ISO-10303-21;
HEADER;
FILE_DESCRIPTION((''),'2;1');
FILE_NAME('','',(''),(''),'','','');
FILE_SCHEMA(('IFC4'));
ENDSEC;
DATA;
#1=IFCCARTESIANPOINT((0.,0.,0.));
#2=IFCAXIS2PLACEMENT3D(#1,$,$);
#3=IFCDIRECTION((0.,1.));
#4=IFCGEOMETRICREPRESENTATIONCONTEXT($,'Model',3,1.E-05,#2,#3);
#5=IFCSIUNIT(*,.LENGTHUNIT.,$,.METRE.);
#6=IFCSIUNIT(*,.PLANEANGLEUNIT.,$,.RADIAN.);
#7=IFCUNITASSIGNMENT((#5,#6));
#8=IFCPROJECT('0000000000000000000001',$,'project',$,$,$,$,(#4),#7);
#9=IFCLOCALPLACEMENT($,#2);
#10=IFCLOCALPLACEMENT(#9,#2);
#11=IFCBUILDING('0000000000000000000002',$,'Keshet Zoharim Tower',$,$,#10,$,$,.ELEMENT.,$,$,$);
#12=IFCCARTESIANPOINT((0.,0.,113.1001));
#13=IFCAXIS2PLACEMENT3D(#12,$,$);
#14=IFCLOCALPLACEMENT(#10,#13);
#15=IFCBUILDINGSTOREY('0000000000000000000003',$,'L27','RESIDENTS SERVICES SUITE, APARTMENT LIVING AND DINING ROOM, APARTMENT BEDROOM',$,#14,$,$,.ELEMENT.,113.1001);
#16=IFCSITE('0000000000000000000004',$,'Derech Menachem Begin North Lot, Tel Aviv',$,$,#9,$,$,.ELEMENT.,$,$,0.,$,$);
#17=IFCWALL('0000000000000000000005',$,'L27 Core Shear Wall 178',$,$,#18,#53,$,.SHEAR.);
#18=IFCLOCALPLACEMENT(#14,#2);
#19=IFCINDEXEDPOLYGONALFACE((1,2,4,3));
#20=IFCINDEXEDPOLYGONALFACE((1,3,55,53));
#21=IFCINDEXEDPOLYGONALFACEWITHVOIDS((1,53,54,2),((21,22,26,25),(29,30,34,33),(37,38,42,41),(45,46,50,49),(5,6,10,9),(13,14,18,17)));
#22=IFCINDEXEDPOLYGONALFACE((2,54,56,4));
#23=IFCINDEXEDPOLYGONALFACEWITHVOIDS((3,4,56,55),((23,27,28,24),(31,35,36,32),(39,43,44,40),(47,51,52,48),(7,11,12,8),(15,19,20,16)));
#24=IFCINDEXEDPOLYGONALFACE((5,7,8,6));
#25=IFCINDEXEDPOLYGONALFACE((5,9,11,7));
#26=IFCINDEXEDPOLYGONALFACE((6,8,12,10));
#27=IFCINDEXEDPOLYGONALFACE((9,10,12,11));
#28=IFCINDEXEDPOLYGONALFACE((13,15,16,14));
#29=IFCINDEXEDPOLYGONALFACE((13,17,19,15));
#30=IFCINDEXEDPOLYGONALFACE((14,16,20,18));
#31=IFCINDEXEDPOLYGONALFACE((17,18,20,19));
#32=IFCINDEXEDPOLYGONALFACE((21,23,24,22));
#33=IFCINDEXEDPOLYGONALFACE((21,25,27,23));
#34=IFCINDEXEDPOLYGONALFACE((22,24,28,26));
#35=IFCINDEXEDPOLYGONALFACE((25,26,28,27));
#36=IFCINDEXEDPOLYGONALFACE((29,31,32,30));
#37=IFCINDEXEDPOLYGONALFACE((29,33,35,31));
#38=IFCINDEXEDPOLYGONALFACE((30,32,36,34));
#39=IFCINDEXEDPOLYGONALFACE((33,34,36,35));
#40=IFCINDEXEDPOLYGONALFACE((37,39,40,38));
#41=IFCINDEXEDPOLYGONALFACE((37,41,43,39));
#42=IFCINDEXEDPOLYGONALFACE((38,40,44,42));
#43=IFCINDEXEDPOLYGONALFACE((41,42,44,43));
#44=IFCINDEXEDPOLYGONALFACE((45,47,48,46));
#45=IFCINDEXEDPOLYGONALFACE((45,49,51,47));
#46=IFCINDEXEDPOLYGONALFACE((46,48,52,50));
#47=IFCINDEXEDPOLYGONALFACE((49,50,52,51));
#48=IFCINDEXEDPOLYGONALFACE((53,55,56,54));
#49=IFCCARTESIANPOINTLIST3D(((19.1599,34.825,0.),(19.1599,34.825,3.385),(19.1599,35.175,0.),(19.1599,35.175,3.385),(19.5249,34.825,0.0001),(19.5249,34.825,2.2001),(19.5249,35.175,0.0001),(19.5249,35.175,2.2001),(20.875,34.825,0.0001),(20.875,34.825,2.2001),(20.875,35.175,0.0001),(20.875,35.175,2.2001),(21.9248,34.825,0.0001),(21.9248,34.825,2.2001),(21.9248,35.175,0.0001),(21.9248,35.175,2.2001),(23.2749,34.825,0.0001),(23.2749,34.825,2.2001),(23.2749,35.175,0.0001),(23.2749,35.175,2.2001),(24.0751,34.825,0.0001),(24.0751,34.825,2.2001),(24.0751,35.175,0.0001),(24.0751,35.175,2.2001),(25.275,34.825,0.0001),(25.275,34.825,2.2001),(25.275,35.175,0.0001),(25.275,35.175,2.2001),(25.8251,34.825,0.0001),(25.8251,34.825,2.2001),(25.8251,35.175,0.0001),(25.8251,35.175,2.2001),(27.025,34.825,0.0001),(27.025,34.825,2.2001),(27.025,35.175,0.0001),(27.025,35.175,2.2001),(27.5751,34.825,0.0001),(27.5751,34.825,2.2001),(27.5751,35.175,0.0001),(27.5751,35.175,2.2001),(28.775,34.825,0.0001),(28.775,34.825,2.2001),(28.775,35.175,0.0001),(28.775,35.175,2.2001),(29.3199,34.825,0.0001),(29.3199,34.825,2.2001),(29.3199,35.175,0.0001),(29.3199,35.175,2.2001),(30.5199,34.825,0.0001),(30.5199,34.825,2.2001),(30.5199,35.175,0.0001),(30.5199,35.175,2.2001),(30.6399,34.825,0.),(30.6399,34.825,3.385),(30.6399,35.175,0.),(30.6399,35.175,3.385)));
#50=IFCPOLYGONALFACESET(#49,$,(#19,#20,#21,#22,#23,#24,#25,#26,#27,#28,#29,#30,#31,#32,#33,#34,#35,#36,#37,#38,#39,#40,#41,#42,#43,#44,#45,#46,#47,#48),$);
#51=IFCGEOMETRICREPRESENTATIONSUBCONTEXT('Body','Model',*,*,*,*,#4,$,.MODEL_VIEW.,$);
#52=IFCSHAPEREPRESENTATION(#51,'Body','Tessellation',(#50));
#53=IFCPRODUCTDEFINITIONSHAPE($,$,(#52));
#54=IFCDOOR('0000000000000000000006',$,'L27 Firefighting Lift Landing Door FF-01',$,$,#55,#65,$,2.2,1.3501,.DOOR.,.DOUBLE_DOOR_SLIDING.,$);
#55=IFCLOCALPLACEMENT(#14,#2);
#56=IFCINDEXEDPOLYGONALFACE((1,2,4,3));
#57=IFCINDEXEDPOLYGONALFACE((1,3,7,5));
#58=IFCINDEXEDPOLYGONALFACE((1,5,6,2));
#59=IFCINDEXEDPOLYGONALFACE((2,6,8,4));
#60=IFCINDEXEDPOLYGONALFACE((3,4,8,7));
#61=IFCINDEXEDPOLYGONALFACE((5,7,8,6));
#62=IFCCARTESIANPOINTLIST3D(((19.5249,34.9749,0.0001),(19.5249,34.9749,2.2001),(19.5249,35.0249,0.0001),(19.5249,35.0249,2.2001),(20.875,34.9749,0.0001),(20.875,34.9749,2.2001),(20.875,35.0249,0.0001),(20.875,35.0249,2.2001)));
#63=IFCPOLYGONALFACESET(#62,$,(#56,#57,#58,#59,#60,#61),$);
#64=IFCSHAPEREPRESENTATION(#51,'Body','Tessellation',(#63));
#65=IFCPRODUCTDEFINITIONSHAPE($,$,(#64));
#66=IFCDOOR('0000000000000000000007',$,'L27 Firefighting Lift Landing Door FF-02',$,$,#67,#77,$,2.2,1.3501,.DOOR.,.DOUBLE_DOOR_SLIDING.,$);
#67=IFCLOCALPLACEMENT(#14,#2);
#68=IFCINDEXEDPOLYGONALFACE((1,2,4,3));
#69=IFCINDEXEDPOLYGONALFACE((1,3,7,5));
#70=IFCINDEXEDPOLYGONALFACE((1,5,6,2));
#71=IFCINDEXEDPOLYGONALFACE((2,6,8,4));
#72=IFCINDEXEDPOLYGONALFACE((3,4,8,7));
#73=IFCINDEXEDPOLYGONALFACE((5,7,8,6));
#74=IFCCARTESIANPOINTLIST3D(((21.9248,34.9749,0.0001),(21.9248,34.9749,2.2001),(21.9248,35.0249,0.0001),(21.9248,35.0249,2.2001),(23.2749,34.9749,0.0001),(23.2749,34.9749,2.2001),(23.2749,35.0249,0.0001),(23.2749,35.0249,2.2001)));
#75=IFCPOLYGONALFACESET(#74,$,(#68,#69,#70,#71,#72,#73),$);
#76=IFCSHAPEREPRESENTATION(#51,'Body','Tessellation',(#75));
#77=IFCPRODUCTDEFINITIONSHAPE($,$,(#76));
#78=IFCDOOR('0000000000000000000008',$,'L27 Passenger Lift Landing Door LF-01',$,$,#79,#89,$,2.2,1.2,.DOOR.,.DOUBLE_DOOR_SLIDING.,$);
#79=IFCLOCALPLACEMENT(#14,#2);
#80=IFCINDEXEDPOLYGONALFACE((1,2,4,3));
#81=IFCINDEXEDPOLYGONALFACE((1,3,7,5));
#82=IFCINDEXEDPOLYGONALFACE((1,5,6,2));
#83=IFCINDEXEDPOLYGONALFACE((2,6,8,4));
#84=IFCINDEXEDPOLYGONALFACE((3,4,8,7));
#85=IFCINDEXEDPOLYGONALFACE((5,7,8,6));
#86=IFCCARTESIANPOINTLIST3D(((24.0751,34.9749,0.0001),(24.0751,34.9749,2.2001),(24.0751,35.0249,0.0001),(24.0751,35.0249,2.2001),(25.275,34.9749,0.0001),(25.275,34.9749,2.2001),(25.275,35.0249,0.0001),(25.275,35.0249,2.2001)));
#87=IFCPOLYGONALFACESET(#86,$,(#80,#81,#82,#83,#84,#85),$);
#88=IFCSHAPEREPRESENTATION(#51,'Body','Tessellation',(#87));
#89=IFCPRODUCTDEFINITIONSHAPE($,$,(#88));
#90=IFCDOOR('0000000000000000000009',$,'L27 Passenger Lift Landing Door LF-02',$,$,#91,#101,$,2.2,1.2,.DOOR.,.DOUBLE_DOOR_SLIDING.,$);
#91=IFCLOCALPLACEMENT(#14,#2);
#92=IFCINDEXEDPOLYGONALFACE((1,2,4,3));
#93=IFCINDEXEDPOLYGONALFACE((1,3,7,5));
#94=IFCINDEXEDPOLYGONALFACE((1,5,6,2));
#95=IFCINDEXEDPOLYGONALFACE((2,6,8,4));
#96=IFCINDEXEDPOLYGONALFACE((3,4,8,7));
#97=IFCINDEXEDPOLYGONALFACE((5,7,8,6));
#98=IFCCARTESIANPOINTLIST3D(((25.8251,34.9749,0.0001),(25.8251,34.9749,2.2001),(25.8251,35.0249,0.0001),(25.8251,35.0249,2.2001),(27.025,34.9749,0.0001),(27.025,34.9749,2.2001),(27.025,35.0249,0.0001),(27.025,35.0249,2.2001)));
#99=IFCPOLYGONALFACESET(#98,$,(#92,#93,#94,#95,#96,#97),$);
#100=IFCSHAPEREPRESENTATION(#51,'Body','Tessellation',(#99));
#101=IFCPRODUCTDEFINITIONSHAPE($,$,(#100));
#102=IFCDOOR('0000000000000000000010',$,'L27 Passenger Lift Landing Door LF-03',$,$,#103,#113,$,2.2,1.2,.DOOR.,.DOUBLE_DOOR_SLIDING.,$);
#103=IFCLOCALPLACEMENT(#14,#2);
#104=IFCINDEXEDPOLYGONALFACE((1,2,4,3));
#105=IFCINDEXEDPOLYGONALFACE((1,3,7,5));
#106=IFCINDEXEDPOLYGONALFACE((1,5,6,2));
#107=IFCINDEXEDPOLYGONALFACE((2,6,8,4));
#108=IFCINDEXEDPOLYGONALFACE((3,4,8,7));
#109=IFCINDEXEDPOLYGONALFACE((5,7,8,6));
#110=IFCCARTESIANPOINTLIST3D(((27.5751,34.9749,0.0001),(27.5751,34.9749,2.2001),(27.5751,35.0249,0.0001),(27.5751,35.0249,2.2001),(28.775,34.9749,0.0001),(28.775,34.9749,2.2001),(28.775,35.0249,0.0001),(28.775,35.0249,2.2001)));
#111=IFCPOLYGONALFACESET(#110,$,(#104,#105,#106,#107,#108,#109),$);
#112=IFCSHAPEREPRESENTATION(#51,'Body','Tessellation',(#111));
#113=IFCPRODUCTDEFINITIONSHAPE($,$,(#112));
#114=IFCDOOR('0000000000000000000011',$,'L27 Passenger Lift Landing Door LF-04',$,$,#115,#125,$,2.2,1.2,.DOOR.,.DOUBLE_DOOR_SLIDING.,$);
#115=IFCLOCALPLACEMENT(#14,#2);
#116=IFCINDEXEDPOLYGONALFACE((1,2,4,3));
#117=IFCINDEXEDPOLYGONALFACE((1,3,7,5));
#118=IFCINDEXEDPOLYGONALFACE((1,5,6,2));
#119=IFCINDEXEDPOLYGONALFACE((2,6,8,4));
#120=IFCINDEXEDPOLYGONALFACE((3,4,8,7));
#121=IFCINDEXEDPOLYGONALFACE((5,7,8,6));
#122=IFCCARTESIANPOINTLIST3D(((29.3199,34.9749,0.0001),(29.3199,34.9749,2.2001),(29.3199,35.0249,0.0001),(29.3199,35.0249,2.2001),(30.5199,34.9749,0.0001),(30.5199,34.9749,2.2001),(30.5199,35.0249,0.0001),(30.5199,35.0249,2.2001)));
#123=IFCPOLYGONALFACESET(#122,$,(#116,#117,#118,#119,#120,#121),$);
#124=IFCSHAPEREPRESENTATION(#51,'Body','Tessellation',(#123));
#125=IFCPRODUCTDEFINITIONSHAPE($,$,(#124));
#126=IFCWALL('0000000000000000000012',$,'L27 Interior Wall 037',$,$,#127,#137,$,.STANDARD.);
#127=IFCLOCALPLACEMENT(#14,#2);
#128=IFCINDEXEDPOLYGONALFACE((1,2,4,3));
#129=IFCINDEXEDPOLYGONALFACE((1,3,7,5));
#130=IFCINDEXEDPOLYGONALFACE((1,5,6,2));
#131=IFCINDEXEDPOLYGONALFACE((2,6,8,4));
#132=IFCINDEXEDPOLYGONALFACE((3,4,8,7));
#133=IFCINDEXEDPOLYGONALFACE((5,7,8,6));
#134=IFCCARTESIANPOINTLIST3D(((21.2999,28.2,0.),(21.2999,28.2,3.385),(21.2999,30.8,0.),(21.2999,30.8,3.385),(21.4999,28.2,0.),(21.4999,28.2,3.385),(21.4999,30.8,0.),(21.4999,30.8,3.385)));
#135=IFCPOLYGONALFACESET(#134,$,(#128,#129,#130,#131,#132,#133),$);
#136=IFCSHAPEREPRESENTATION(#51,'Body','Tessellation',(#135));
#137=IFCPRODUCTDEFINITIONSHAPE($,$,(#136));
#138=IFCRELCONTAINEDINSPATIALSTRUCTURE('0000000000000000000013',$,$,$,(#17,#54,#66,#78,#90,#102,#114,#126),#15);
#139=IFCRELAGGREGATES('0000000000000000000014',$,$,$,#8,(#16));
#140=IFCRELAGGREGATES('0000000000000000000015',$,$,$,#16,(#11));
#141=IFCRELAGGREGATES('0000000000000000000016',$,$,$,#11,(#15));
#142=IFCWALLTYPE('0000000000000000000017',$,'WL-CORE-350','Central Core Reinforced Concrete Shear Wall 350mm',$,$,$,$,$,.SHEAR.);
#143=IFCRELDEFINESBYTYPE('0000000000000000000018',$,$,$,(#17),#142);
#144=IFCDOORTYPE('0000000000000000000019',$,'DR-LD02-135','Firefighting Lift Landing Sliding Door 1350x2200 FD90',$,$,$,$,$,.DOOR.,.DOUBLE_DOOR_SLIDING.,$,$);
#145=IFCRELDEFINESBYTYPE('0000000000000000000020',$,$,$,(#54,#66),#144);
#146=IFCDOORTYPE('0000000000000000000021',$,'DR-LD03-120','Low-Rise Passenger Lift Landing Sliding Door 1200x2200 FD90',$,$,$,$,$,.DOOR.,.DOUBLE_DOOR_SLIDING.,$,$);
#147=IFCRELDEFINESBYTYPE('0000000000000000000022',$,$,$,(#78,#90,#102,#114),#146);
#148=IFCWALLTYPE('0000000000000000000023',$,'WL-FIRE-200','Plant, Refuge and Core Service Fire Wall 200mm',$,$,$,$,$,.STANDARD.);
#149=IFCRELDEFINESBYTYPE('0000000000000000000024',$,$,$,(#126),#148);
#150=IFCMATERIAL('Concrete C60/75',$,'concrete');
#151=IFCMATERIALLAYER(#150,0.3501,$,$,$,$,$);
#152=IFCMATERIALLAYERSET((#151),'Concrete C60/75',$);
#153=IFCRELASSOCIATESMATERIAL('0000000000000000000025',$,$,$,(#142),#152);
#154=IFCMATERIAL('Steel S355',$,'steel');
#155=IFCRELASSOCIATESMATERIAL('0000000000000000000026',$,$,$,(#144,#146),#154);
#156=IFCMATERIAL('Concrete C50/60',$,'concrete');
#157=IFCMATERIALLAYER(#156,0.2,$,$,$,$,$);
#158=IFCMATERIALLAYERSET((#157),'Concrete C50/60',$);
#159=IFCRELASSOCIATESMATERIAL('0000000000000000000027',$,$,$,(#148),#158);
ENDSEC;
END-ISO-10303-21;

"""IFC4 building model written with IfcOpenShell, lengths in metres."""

from ifc_helpers import new_model, si_unit, direction, frame, frame_2d, origin, place, context, subcontext, project, spatial, rectangle, extrude, material, layer, layer_set, type_object, element, fill, save


model = new_model("IFC4")

# Units and contexts
model_context = context("Model", 3, precision=1e-05, world=origin(), true_north=direction((0.0, 1.0)))
body_context = subcontext(model_context, "Body", "Model", "MODEL_VIEW")
ifc_project = project(units=[si_unit("LENGTHUNIT", "METRE"), si_unit("PLANEANGLEUNIT", "RADIAN")], contexts=[model_context])

# Site, building, storey
site_placement = place(None, origin())
site = spatial("IfcSite", under=ifc_project, at=site_placement, Name="Derech Menachem Begin North Lot, Tel Aviv", CompositionType="ELEMENT", RefElevation=0.0)
building_placement = place(site_placement, origin())
building = spatial("IfcBuilding", under=site, at=building_placement, Name="Keshet Zoharim Tower", CompositionType="ELEMENT")
storey_placement = place(building_placement, frame((0.0, 0.0, 113.1001)))
storey = spatial("IfcBuildingStorey", under=building, at=storey_placement, Name="L27", Description="RESIDENTS SERVICES SUITE, APARTMENT LIVING AND DINING ROOM, APARTMENT BEDROOM", CompositionType="ELEMENT", Elevation=113.1001)

# Shared definitions
ifc_material_1 = material(Name="Concrete C60/75", Category="concrete")
ifc_layer_1 = layer(ifc_material_1, 0.3501)
ifc_layer_set_1 = layer_set([ifc_layer_1], Name="Concrete C60/75")
wall_type_1 = type_object("IfcWallType", Name="WL-CORE-350", Description="Central Core Reinforced Concrete Shear Wall 350mm", PredefinedType="SHEAR", material=ifc_layer_set_1)

# Shared definitions
ifc_material_2 = material(Name="Steel S355", Category="steel")

# Wall, openings, doors
wall_1_placement = place(storey_placement, frame((19.1599, 35.0, 0.0), z_axis=(0.0, 0.0, 1.0), x_axis=(1.0, 0.0, 0.0)))
wall_1 = element("IfcWall", 1, at=wall_1_placement, inside=storey, type_object=wall_type_1, Name="L27 Core Shear Wall 178", PredefinedType="SHEAR", context=body_context, shape_type="SweptSolid", body=[
    extrude(rectangle(XDim=11.48, YDim=0.3501, at=frame_2d((5.74, 0.0))), origin(), (0.0, 0.0, 1.0), 3.385),
])
opening_1_placement = place(wall_1_placement, frame((0.365, 0.0, 0.0)))
opening_1 = element("IfcOpeningElement", 2, at=opening_1_placement, cuts=wall_1, PredefinedType="OPENING", context=body_context, shape_type="SweptSolid", body=[
    extrude(rectangle(XDim=1.3501, YDim=2.2, at=frame_2d((0.675, 1.1001))), frame((0.0, 0.1851, 0.0), z_axis=(0.0, -1.0, 0.0), x_axis=(1.0, 0.0, 0.0)), (0.0, 0.0, 1.0), 0.3701),
])
opening_2_placement = place(wall_1_placement, frame((2.7649, 0.0, 0.0)))
opening_2 = element("IfcOpeningElement", 3, at=opening_2_placement, cuts=wall_1, PredefinedType="OPENING", context=body_context, shape_type="SweptSolid", body=[
    extrude(rectangle(XDim=1.3501, YDim=2.2, at=frame_2d((0.675, 1.1001))), frame((0.0, 0.1851, 0.0), z_axis=(0.0, -1.0, 0.0), x_axis=(1.0, 0.0, 0.0)), (0.0, 0.0, 1.0), 0.3701),
])
opening_3_placement = place(wall_1_placement, frame((4.915, 0.0, 0.0)))
opening_3 = element("IfcOpeningElement", 4, at=opening_3_placement, cuts=wall_1, PredefinedType="OPENING", context=body_context, shape_type="SweptSolid", body=[
    extrude(rectangle(XDim=1.2, YDim=2.2, at=frame_2d((0.6001, 1.1001))), frame((0.0, 0.1851, 0.0), z_axis=(0.0, -1.0, 0.0), x_axis=(1.0, 0.0, 0.0)), (0.0, 0.0, 1.0), 0.3701),
])
opening_4_placement = place(wall_1_placement, frame((6.665, 0.0, 0.0)))
opening_4 = element("IfcOpeningElement", 5, at=opening_4_placement, cuts=wall_1, PredefinedType="OPENING", context=body_context, shape_type="SweptSolid", body=[
    extrude(rectangle(XDim=1.2, YDim=2.2, at=frame_2d((0.6001, 1.1001))), frame((0.0, 0.1851, 0.0), z_axis=(0.0, -1.0, 0.0), x_axis=(1.0, 0.0, 0.0)), (0.0, 0.0, 1.0), 0.3701),
])
opening_5_placement = place(wall_1_placement, frame((8.415, 0.0, 0.0)))
opening_5 = element("IfcOpeningElement", 6, at=opening_5_placement, cuts=wall_1, PredefinedType="OPENING", context=body_context, shape_type="SweptSolid", body=[
    extrude(rectangle(XDim=1.2, YDim=2.2, at=frame_2d((0.6001, 1.1001))), frame((0.0, 0.1851, 0.0), z_axis=(0.0, -1.0, 0.0), x_axis=(1.0, 0.0, 0.0)), (0.0, 0.0, 1.0), 0.3701),
])
opening_6_placement = place(wall_1_placement, frame((10.1599, 0.0, 0.0)))
opening_6 = element("IfcOpeningElement", 7, at=opening_6_placement, cuts=wall_1, PredefinedType="OPENING", context=body_context, shape_type="SweptSolid", body=[
    extrude(rectangle(XDim=1.2, YDim=2.2, at=frame_2d((0.6001, 1.1001))), frame((0.0, 0.1851, 0.0), z_axis=(0.0, -1.0, 0.0), x_axis=(1.0, 0.0, 0.0)), (0.0, 0.0, 1.0), 0.3701),
])
door_type_1 = type_object("IfcDoorType", Name="DR-LD02-135", Description="Firefighting Lift Landing Sliding Door 1350x2200 FD90", OperationType="DOUBLE_DOOR_SLIDING", PredefinedType="DOOR", material=ifc_material_2)
door_1_placement = place(opening_1_placement, origin())
door_1 = element("IfcDoor", 8, at=door_1_placement, inside=storey, type_object=door_type_1, Name="L27 Firefighting Lift Landing Door FF-01", OperationType="DOUBLE_DOOR_SLIDING", OverallHeight=2.2, OverallWidth=1.3501, PredefinedType="DOOR", context=body_context, shape_type="SweptSolid", body=[
    extrude(rectangle(XDim=1.3501, YDim=2.2, at=frame_2d((0.675, 1.1001))), frame((0.0, 0.0249, 0.0), z_axis=(0.0, -1.0, 0.0), x_axis=(1.0, 0.0, 0.0)), (0.0, 0.0, 1.0), 0.05),
])
fill(opening_1, door_1)
door_2_placement = place(opening_2_placement, origin())
door_2 = element("IfcDoor", 9, at=door_2_placement, inside=storey, type_object=door_type_1, Name="L27 Firefighting Lift Landing Door FF-02", OperationType="DOUBLE_DOOR_SLIDING", OverallHeight=2.2, OverallWidth=1.3501, PredefinedType="DOOR", context=body_context, shape_type="SweptSolid", body=[
    extrude(rectangle(XDim=1.3501, YDim=2.2, at=frame_2d((0.675, 1.1001))), frame((0.0, 0.0249, 0.0), z_axis=(0.0, -1.0, 0.0), x_axis=(1.0, 0.0, 0.0)), (0.0, 0.0, 1.0), 0.05),
])
fill(opening_2, door_2)
door_type_2 = type_object("IfcDoorType", Name="DR-LD03-120", Description="Low-Rise Passenger Lift Landing Sliding Door 1200x2200 FD90", OperationType="DOUBLE_DOOR_SLIDING", PredefinedType="DOOR", material=ifc_material_2)
door_3_placement = place(opening_3_placement, origin())
door_3 = element("IfcDoor", 10, at=door_3_placement, inside=storey, type_object=door_type_2, Name="L27 Passenger Lift Landing Door LF-01", OperationType="DOUBLE_DOOR_SLIDING", OverallHeight=2.2, OverallWidth=1.2, PredefinedType="DOOR", context=body_context, shape_type="SweptSolid", body=[
    extrude(rectangle(XDim=1.2, YDim=2.2, at=frame_2d((0.6001, 1.1001))), frame((0.0, 0.0249, 0.0), z_axis=(0.0, -1.0, 0.0), x_axis=(1.0, 0.0, 0.0)), (0.0, 0.0, 1.0), 0.05),
])
fill(opening_3, door_3)
door_4_placement = place(opening_4_placement, origin())
door_4 = element("IfcDoor", 11, at=door_4_placement, inside=storey, type_object=door_type_2, Name="L27 Passenger Lift Landing Door LF-02", OperationType="DOUBLE_DOOR_SLIDING", OverallHeight=2.2, OverallWidth=1.2, PredefinedType="DOOR", context=body_context, shape_type="SweptSolid", body=[
    extrude(rectangle(XDim=1.2, YDim=2.2, at=frame_2d((0.6001, 1.1001))), frame((0.0, 0.0249, 0.0), z_axis=(0.0, -1.0, 0.0), x_axis=(1.0, 0.0, 0.0)), (0.0, 0.0, 1.0), 0.05),
])
fill(opening_4, door_4)
door_5_placement = place(opening_5_placement, origin())
door_5 = element("IfcDoor", 12, at=door_5_placement, inside=storey, type_object=door_type_2, Name="L27 Passenger Lift Landing Door LF-03", OperationType="DOUBLE_DOOR_SLIDING", OverallHeight=2.2, OverallWidth=1.2, PredefinedType="DOOR", context=body_context, shape_type="SweptSolid", body=[
    extrude(rectangle(XDim=1.2, YDim=2.2, at=frame_2d((0.6001, 1.1001))), frame((0.0, 0.0249, 0.0), z_axis=(0.0, -1.0, 0.0), x_axis=(1.0, 0.0, 0.0)), (0.0, 0.0, 1.0), 0.05),
])
fill(opening_5, door_5)
door_6_placement = place(opening_6_placement, origin())
door_6 = element("IfcDoor", 13, at=door_6_placement, inside=storey, type_object=door_type_2, Name="L27 Passenger Lift Landing Door LF-04", OperationType="DOUBLE_DOOR_SLIDING", OverallHeight=2.2, OverallWidth=1.2, PredefinedType="DOOR", context=body_context, shape_type="SweptSolid", body=[
    extrude(rectangle(XDim=1.2, YDim=2.2, at=frame_2d((0.6001, 1.1001))), frame((0.0, 0.0249, 0.0), z_axis=(0.0, -1.0, 0.0), x_axis=(1.0, 0.0, 0.0)), (0.0, 0.0, 1.0), 0.05),
])
fill(opening_6, door_6)

# Wall
ifc_material_3 = material(Name="Concrete C50/60", Category="concrete")
ifc_layer_2 = layer(ifc_material_3, 0.2)
ifc_layer_set_2 = layer_set([ifc_layer_2], Name="Concrete C50/60")
wall_type_2 = type_object("IfcWallType", Name="WL-FIRE-200", Description="Plant, Refuge and Core Service Fire Wall 200mm", PredefinedType="STANDARD", material=ifc_layer_set_2)
wall_2_placement = place(storey_placement, frame((21.3999, 28.2, 0.0), z_axis=(0.0, 0.0, 1.0), x_axis=(0.0, 1.0, 0.0)))
element("IfcWall", 14, at=wall_2_placement, inside=storey, type_object=wall_type_2, Name="L27 Interior Wall 037", PredefinedType="STANDARD", context=body_context, shape_type="SweptSolid", body=[
    extrude(rectangle(XDim=2.6001, YDim=0.2, at=frame_2d((1.3, 0.0))), origin(), (0.0, 0.0, 1.0), 3.385),
])

save(model, "model.ifc")
